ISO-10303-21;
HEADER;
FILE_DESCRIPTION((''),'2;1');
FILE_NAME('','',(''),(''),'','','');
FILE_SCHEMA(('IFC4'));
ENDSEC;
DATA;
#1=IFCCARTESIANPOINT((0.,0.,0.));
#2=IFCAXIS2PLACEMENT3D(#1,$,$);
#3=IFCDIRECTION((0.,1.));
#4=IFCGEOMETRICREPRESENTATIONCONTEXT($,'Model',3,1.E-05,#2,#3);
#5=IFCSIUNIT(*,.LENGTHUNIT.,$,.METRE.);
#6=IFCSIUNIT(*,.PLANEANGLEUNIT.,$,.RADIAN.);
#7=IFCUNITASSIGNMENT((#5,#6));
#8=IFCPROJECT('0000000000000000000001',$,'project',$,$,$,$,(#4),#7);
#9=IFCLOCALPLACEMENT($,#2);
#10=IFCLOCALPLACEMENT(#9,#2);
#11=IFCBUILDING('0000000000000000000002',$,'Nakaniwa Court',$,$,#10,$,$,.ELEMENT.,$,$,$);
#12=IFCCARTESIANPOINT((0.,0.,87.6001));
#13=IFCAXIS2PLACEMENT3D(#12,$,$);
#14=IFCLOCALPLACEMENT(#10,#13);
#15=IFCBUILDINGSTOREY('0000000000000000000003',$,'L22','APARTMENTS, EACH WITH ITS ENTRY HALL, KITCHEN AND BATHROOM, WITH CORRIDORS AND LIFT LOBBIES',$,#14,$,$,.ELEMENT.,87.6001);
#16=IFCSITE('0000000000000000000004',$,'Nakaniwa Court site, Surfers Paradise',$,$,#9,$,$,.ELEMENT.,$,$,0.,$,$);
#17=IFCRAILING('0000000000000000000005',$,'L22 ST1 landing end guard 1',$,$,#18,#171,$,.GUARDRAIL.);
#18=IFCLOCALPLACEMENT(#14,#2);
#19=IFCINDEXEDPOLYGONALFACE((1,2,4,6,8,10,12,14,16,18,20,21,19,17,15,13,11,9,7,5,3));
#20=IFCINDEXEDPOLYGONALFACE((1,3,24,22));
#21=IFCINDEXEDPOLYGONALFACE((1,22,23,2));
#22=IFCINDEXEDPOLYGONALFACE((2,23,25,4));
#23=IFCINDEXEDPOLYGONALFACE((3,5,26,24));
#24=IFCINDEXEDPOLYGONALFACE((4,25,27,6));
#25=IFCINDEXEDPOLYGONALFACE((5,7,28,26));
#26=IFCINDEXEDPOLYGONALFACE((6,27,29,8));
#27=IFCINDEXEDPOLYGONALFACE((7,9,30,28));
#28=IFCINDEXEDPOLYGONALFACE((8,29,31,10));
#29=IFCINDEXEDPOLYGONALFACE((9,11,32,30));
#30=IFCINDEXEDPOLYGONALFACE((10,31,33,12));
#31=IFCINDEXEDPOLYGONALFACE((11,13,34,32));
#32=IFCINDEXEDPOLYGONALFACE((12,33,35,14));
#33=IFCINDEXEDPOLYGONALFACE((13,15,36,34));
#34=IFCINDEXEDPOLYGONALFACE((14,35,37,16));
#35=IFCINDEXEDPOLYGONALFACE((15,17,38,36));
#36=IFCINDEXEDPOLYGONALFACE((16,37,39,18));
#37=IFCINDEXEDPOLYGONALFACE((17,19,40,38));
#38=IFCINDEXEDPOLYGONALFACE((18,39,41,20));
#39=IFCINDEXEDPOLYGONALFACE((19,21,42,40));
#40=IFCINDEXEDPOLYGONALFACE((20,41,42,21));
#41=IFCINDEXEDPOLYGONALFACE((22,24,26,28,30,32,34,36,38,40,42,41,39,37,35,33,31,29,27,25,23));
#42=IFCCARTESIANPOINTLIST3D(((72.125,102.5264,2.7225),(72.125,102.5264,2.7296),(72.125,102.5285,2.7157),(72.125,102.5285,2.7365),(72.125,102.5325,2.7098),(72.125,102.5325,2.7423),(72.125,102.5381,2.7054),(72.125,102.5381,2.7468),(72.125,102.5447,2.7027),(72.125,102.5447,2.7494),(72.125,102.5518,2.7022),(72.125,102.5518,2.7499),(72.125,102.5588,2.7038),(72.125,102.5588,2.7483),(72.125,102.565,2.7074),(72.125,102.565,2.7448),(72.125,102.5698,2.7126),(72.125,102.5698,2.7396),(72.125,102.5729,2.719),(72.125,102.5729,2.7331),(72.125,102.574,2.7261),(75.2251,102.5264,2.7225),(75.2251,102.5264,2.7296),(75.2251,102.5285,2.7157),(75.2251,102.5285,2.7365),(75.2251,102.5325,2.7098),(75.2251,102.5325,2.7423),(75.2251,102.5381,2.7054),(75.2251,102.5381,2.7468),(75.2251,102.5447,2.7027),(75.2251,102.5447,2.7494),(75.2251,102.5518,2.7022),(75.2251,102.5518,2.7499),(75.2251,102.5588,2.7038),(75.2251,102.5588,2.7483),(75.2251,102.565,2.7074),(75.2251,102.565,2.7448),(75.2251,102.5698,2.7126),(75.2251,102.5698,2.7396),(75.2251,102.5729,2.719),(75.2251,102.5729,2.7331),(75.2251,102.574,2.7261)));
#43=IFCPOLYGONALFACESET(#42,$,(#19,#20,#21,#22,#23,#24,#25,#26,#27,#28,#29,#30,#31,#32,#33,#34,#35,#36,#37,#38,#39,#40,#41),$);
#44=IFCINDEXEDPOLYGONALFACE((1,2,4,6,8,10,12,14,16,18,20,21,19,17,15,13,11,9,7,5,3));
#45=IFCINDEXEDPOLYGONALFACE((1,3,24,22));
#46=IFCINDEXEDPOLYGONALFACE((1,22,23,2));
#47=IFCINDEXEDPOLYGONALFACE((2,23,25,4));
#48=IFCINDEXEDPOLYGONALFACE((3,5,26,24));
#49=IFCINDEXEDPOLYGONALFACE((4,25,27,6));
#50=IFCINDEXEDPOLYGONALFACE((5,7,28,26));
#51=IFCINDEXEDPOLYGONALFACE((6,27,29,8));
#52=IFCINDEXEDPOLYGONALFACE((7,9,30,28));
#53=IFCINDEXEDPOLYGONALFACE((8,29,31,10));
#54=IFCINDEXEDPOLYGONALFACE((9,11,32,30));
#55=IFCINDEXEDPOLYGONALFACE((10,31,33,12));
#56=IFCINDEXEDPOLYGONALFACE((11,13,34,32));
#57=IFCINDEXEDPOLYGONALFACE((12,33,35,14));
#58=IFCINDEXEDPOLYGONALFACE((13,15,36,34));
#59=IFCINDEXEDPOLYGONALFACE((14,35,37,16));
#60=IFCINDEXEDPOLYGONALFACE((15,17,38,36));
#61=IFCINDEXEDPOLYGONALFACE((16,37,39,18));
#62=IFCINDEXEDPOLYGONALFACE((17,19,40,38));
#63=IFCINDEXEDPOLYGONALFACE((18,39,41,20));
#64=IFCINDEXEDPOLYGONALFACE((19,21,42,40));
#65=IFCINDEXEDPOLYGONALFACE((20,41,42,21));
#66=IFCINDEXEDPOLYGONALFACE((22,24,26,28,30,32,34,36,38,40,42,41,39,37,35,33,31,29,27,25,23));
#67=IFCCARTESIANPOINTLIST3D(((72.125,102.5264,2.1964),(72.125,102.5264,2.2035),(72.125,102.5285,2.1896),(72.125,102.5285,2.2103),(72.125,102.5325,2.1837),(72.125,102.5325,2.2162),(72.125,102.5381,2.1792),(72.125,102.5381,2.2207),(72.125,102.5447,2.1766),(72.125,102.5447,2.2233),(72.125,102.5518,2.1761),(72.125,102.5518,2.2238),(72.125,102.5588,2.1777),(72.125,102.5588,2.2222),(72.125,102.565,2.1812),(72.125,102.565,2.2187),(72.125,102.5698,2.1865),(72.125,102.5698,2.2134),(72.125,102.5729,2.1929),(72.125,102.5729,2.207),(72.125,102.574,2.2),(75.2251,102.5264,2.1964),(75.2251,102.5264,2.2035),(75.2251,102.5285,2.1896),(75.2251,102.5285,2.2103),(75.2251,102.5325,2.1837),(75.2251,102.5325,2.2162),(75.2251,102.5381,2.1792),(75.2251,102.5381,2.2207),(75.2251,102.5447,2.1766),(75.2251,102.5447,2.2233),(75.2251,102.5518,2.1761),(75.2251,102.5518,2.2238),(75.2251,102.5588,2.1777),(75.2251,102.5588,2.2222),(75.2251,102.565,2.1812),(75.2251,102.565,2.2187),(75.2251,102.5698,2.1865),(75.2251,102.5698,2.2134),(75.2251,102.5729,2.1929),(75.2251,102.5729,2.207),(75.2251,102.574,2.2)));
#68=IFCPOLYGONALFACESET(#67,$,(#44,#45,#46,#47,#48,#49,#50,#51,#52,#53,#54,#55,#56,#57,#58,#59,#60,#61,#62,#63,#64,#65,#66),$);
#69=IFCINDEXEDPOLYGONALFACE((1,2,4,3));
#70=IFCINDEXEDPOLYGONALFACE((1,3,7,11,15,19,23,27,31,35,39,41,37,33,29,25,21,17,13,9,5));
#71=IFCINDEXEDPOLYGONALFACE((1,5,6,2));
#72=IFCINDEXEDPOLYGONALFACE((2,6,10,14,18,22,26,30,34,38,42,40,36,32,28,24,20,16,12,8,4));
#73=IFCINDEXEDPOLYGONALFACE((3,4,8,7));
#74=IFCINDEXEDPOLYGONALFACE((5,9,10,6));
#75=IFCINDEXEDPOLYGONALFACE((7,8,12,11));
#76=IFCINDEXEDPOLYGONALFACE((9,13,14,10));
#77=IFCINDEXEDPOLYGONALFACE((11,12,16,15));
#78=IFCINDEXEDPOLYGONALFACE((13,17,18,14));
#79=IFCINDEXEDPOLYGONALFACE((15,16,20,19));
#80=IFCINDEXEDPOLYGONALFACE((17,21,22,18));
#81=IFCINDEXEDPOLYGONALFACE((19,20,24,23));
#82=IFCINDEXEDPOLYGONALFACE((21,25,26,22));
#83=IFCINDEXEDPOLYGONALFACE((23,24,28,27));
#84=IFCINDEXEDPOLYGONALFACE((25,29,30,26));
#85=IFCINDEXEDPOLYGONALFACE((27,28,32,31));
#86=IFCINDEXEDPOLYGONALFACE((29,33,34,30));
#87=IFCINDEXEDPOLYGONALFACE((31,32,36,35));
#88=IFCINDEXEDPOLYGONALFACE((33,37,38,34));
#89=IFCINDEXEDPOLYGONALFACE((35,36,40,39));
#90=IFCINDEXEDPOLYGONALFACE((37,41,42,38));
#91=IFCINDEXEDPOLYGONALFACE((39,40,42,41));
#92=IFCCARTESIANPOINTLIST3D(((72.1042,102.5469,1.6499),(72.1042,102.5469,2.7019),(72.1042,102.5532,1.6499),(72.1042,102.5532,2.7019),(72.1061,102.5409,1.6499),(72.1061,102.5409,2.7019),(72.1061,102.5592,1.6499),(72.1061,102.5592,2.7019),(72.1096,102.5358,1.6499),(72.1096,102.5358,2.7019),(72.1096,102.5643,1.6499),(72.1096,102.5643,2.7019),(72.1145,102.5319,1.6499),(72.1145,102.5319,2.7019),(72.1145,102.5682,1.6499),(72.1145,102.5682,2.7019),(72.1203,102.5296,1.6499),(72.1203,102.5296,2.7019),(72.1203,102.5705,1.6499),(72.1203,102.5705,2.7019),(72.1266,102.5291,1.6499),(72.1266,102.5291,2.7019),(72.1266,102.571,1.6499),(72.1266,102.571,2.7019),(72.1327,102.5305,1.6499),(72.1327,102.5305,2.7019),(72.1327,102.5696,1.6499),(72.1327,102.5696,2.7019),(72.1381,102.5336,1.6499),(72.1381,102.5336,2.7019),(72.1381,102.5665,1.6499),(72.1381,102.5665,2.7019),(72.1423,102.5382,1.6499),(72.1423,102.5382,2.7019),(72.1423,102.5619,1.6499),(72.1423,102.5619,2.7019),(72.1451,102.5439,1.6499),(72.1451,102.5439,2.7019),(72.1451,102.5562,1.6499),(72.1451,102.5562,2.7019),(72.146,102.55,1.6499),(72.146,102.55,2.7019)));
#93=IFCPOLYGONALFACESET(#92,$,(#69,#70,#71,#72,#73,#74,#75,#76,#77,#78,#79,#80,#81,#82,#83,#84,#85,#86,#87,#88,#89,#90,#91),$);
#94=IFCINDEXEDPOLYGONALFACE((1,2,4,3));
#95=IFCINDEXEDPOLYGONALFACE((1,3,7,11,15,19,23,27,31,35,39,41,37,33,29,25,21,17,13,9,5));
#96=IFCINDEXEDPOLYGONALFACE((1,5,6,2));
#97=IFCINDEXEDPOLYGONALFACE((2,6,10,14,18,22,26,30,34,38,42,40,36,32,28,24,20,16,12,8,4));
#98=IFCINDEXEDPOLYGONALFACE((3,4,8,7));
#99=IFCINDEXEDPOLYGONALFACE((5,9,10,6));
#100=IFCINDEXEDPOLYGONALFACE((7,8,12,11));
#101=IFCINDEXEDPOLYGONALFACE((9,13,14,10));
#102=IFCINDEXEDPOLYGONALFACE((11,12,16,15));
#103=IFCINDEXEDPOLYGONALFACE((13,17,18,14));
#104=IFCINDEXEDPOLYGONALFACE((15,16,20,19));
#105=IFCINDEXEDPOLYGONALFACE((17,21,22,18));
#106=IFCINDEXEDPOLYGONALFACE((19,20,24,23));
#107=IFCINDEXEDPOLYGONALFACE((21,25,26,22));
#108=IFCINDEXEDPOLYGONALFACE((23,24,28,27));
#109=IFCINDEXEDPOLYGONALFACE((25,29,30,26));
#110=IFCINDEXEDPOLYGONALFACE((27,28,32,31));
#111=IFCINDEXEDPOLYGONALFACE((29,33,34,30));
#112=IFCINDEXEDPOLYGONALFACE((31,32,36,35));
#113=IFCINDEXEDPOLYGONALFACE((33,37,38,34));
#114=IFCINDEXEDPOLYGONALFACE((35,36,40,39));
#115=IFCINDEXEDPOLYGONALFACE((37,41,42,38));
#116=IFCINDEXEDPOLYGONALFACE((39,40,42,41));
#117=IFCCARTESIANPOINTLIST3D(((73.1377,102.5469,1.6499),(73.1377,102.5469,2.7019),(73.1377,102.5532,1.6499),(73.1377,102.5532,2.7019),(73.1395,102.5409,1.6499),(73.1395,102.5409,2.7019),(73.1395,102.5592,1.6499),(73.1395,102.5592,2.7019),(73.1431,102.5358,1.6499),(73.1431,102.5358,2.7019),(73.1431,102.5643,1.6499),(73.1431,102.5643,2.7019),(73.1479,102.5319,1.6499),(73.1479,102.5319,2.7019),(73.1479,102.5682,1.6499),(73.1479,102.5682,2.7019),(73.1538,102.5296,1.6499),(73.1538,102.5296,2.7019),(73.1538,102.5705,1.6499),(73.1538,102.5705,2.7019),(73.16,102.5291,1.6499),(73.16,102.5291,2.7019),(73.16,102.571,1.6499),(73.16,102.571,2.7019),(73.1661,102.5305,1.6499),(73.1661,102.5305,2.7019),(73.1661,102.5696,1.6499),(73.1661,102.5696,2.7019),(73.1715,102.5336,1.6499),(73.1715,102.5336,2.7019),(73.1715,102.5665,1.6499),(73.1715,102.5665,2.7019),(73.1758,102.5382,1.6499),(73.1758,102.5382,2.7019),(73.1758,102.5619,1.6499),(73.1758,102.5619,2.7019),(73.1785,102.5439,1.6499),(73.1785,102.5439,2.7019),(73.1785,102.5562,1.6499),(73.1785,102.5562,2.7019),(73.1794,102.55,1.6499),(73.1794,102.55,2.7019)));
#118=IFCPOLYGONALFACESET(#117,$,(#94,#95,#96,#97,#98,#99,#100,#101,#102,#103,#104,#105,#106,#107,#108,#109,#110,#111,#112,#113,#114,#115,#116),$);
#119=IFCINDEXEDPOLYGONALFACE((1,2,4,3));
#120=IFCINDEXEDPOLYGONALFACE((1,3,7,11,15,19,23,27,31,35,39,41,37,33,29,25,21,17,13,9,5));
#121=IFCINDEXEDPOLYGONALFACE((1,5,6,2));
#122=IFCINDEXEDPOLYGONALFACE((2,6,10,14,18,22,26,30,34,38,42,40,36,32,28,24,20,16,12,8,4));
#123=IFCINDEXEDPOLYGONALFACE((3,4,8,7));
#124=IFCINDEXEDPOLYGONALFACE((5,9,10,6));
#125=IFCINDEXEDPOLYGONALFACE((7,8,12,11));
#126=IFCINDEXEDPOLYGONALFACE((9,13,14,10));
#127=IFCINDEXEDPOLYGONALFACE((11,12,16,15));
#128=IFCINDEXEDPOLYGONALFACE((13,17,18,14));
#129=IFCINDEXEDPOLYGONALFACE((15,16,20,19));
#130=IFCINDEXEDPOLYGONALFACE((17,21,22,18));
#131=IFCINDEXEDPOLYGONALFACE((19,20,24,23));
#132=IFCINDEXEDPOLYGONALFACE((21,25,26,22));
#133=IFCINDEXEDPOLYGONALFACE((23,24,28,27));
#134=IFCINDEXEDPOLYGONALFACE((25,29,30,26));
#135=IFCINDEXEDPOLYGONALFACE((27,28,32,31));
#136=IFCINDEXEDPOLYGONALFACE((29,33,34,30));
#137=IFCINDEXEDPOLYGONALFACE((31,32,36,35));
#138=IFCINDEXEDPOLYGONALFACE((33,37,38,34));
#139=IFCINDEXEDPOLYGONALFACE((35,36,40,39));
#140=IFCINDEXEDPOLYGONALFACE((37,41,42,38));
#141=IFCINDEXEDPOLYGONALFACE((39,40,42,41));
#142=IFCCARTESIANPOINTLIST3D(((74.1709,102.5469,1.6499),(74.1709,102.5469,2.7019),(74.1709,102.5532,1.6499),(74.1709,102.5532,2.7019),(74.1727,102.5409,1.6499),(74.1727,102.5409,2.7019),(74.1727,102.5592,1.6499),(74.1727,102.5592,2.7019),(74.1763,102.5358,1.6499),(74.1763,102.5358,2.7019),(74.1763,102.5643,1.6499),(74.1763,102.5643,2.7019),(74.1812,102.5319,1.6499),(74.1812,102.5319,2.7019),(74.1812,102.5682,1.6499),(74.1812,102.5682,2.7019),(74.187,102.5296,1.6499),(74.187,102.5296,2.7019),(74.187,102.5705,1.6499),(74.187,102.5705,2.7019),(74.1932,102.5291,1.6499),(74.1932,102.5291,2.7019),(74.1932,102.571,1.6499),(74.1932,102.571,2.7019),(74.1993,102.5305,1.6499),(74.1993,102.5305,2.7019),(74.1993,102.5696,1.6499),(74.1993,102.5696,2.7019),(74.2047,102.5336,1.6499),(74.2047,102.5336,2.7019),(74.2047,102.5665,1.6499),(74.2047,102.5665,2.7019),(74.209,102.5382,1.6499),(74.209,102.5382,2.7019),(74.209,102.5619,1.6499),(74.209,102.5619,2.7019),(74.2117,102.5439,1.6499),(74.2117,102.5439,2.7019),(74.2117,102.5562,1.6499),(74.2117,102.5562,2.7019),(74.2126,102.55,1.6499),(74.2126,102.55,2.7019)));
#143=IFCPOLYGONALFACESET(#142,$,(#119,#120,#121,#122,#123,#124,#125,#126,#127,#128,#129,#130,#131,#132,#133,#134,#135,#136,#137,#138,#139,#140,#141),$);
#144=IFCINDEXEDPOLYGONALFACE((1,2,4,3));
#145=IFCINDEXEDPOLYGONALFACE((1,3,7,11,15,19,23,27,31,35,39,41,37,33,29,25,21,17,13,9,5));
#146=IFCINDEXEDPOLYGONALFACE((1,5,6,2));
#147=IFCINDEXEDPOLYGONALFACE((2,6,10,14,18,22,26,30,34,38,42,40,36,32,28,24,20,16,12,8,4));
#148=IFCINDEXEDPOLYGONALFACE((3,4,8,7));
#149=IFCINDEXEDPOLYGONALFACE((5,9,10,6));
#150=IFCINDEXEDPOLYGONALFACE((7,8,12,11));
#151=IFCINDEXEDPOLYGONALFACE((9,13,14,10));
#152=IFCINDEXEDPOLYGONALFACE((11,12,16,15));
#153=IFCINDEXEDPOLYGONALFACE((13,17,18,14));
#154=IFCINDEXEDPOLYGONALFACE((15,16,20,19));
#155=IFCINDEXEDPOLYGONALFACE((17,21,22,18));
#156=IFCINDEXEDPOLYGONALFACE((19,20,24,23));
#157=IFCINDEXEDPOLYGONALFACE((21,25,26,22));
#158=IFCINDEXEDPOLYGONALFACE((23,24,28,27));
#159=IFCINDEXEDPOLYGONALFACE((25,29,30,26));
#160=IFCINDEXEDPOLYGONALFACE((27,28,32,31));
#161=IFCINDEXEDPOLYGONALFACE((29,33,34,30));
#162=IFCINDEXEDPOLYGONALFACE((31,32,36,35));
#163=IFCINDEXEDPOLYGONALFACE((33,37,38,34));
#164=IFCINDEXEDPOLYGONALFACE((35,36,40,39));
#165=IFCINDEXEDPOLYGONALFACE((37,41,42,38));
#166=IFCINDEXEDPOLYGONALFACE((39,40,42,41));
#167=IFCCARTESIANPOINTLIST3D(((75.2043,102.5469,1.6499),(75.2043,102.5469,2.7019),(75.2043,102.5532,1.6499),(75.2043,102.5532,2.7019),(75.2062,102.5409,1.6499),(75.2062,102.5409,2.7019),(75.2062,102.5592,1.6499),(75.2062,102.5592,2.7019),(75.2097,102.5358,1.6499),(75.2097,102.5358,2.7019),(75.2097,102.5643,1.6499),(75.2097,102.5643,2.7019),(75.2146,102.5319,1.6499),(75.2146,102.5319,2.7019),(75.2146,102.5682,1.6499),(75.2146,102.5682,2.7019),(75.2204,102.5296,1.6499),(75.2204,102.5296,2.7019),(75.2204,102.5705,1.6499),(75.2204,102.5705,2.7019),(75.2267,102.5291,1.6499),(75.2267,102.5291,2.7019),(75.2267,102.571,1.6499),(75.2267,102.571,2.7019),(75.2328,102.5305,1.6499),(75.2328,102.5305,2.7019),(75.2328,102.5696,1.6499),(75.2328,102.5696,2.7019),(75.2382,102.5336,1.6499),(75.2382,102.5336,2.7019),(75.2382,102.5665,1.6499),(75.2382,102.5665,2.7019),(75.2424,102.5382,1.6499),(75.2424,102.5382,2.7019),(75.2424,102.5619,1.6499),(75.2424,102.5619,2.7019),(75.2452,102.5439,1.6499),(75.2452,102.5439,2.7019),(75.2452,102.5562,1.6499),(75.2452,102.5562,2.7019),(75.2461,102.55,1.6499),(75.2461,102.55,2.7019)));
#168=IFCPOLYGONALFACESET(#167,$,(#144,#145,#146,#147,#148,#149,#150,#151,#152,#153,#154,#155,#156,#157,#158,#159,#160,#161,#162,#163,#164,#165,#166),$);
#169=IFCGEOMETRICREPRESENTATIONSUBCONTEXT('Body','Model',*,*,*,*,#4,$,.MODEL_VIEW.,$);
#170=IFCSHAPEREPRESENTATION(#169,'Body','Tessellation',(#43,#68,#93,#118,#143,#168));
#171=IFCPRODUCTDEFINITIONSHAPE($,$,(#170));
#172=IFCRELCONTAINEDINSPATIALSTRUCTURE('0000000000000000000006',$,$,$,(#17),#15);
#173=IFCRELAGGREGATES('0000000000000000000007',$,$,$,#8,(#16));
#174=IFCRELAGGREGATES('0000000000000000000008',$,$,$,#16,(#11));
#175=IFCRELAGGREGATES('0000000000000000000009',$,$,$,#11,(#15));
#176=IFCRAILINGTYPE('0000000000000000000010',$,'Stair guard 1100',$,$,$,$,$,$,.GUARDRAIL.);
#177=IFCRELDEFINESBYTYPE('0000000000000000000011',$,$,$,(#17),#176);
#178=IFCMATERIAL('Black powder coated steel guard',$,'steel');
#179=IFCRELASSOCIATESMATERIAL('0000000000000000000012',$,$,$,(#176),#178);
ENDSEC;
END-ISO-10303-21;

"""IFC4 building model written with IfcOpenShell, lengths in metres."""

from ifc_helpers import new_model, si_unit, direction, frame, origin, origin_2d, place, context, subcontext, project, spatial, circle, extrude, material, type_object, element, save


model = new_model("IFC4")

# Units and contexts
model_context = context("Model", 3, precision=1e-05, world=origin(), true_north=direction((0.0, 1.0)))
body_context = subcontext(model_context, "Body", "Model", "MODEL_VIEW")
ifc_project = project(units=[si_unit("LENGTHUNIT", "METRE"), si_unit("PLANEANGLEUNIT", "RADIAN")], contexts=[model_context])

# Site, building, storey
site_placement = place(None, origin())
site = spatial("IfcSite", under=ifc_project, at=site_placement, Name="Nakaniwa Court site, Surfers Paradise", CompositionType="ELEMENT", RefElevation=0.0)
building_placement = place(site_placement, origin())
building = spatial("IfcBuilding", under=site, at=building_placement, Name="Nakaniwa Court", CompositionType="ELEMENT")
storey_placement = place(building_placement, frame((0.0, 0.0, 87.6001)))
storey = spatial("IfcBuildingStorey", under=building, at=storey_placement, Name="L22", Description="APARTMENTS, EACH WITH ITS ENTRY HALL, KITCHEN AND BATHROOM, WITH CORRIDORS AND LIFT LOBBIES", CompositionType="ELEMENT", Elevation=87.6001)

# Railing
ifc_material_1 = material(Name="Black powder coated steel guard", Category="steel")
railing_type_1 = type_object("IfcRailingType", Name="Stair guard 1100", PredefinedType="GUARDRAIL", material=ifc_material_1)
railing_1_placement = place(storey_placement, frame((72.125, 102.55, 1.6499)))
element("IfcRailing", 1, at=railing_1_placement, inside=storey, type_object=railing_type_1, Name="L22 ST1 landing end guard 1", PredefinedType="GUARDRAIL", context=body_context, shape_type="SweptSolid", body=[
    extrude(circle(Radius=0.0239, at=origin_2d()), frame((0.0, 0.0, 1.0762), z_axis=(1.0, 0.0, 0.0), x_axis=(0.0, 1.0, 0.0)), (0.0, 0.0, 1.0), 3.1001),
    extrude(circle(Radius=0.0239, at=origin_2d()), frame((0.0, 0.0, 0.55), z_axis=(1.0, 0.0, 0.0), x_axis=(0.0, 1.0, 0.0)), (0.0, 0.0, 1.0), 3.1001),
    extrude(circle(Radius=0.021, at=origin_2d()), origin(), (0.0, 0.0, 1.0), 1.052),
    extrude(circle(Radius=0.021, at=origin_2d()), frame((1.0334, 0.0, 0.0)), (0.0, 0.0, 1.0), 1.052),
    extrude(circle(Radius=0.021, at=origin_2d()), frame((2.0667, 0.0, 0.0)), (0.0, 0.0, 1.0), 1.052),
    extrude(circle(Radius=0.021, at=origin_2d()), frame((3.1001, 0.0, 0.0)), (0.0, 0.0, 1.0), 1.052),
])

save(model, "model.ifc")
